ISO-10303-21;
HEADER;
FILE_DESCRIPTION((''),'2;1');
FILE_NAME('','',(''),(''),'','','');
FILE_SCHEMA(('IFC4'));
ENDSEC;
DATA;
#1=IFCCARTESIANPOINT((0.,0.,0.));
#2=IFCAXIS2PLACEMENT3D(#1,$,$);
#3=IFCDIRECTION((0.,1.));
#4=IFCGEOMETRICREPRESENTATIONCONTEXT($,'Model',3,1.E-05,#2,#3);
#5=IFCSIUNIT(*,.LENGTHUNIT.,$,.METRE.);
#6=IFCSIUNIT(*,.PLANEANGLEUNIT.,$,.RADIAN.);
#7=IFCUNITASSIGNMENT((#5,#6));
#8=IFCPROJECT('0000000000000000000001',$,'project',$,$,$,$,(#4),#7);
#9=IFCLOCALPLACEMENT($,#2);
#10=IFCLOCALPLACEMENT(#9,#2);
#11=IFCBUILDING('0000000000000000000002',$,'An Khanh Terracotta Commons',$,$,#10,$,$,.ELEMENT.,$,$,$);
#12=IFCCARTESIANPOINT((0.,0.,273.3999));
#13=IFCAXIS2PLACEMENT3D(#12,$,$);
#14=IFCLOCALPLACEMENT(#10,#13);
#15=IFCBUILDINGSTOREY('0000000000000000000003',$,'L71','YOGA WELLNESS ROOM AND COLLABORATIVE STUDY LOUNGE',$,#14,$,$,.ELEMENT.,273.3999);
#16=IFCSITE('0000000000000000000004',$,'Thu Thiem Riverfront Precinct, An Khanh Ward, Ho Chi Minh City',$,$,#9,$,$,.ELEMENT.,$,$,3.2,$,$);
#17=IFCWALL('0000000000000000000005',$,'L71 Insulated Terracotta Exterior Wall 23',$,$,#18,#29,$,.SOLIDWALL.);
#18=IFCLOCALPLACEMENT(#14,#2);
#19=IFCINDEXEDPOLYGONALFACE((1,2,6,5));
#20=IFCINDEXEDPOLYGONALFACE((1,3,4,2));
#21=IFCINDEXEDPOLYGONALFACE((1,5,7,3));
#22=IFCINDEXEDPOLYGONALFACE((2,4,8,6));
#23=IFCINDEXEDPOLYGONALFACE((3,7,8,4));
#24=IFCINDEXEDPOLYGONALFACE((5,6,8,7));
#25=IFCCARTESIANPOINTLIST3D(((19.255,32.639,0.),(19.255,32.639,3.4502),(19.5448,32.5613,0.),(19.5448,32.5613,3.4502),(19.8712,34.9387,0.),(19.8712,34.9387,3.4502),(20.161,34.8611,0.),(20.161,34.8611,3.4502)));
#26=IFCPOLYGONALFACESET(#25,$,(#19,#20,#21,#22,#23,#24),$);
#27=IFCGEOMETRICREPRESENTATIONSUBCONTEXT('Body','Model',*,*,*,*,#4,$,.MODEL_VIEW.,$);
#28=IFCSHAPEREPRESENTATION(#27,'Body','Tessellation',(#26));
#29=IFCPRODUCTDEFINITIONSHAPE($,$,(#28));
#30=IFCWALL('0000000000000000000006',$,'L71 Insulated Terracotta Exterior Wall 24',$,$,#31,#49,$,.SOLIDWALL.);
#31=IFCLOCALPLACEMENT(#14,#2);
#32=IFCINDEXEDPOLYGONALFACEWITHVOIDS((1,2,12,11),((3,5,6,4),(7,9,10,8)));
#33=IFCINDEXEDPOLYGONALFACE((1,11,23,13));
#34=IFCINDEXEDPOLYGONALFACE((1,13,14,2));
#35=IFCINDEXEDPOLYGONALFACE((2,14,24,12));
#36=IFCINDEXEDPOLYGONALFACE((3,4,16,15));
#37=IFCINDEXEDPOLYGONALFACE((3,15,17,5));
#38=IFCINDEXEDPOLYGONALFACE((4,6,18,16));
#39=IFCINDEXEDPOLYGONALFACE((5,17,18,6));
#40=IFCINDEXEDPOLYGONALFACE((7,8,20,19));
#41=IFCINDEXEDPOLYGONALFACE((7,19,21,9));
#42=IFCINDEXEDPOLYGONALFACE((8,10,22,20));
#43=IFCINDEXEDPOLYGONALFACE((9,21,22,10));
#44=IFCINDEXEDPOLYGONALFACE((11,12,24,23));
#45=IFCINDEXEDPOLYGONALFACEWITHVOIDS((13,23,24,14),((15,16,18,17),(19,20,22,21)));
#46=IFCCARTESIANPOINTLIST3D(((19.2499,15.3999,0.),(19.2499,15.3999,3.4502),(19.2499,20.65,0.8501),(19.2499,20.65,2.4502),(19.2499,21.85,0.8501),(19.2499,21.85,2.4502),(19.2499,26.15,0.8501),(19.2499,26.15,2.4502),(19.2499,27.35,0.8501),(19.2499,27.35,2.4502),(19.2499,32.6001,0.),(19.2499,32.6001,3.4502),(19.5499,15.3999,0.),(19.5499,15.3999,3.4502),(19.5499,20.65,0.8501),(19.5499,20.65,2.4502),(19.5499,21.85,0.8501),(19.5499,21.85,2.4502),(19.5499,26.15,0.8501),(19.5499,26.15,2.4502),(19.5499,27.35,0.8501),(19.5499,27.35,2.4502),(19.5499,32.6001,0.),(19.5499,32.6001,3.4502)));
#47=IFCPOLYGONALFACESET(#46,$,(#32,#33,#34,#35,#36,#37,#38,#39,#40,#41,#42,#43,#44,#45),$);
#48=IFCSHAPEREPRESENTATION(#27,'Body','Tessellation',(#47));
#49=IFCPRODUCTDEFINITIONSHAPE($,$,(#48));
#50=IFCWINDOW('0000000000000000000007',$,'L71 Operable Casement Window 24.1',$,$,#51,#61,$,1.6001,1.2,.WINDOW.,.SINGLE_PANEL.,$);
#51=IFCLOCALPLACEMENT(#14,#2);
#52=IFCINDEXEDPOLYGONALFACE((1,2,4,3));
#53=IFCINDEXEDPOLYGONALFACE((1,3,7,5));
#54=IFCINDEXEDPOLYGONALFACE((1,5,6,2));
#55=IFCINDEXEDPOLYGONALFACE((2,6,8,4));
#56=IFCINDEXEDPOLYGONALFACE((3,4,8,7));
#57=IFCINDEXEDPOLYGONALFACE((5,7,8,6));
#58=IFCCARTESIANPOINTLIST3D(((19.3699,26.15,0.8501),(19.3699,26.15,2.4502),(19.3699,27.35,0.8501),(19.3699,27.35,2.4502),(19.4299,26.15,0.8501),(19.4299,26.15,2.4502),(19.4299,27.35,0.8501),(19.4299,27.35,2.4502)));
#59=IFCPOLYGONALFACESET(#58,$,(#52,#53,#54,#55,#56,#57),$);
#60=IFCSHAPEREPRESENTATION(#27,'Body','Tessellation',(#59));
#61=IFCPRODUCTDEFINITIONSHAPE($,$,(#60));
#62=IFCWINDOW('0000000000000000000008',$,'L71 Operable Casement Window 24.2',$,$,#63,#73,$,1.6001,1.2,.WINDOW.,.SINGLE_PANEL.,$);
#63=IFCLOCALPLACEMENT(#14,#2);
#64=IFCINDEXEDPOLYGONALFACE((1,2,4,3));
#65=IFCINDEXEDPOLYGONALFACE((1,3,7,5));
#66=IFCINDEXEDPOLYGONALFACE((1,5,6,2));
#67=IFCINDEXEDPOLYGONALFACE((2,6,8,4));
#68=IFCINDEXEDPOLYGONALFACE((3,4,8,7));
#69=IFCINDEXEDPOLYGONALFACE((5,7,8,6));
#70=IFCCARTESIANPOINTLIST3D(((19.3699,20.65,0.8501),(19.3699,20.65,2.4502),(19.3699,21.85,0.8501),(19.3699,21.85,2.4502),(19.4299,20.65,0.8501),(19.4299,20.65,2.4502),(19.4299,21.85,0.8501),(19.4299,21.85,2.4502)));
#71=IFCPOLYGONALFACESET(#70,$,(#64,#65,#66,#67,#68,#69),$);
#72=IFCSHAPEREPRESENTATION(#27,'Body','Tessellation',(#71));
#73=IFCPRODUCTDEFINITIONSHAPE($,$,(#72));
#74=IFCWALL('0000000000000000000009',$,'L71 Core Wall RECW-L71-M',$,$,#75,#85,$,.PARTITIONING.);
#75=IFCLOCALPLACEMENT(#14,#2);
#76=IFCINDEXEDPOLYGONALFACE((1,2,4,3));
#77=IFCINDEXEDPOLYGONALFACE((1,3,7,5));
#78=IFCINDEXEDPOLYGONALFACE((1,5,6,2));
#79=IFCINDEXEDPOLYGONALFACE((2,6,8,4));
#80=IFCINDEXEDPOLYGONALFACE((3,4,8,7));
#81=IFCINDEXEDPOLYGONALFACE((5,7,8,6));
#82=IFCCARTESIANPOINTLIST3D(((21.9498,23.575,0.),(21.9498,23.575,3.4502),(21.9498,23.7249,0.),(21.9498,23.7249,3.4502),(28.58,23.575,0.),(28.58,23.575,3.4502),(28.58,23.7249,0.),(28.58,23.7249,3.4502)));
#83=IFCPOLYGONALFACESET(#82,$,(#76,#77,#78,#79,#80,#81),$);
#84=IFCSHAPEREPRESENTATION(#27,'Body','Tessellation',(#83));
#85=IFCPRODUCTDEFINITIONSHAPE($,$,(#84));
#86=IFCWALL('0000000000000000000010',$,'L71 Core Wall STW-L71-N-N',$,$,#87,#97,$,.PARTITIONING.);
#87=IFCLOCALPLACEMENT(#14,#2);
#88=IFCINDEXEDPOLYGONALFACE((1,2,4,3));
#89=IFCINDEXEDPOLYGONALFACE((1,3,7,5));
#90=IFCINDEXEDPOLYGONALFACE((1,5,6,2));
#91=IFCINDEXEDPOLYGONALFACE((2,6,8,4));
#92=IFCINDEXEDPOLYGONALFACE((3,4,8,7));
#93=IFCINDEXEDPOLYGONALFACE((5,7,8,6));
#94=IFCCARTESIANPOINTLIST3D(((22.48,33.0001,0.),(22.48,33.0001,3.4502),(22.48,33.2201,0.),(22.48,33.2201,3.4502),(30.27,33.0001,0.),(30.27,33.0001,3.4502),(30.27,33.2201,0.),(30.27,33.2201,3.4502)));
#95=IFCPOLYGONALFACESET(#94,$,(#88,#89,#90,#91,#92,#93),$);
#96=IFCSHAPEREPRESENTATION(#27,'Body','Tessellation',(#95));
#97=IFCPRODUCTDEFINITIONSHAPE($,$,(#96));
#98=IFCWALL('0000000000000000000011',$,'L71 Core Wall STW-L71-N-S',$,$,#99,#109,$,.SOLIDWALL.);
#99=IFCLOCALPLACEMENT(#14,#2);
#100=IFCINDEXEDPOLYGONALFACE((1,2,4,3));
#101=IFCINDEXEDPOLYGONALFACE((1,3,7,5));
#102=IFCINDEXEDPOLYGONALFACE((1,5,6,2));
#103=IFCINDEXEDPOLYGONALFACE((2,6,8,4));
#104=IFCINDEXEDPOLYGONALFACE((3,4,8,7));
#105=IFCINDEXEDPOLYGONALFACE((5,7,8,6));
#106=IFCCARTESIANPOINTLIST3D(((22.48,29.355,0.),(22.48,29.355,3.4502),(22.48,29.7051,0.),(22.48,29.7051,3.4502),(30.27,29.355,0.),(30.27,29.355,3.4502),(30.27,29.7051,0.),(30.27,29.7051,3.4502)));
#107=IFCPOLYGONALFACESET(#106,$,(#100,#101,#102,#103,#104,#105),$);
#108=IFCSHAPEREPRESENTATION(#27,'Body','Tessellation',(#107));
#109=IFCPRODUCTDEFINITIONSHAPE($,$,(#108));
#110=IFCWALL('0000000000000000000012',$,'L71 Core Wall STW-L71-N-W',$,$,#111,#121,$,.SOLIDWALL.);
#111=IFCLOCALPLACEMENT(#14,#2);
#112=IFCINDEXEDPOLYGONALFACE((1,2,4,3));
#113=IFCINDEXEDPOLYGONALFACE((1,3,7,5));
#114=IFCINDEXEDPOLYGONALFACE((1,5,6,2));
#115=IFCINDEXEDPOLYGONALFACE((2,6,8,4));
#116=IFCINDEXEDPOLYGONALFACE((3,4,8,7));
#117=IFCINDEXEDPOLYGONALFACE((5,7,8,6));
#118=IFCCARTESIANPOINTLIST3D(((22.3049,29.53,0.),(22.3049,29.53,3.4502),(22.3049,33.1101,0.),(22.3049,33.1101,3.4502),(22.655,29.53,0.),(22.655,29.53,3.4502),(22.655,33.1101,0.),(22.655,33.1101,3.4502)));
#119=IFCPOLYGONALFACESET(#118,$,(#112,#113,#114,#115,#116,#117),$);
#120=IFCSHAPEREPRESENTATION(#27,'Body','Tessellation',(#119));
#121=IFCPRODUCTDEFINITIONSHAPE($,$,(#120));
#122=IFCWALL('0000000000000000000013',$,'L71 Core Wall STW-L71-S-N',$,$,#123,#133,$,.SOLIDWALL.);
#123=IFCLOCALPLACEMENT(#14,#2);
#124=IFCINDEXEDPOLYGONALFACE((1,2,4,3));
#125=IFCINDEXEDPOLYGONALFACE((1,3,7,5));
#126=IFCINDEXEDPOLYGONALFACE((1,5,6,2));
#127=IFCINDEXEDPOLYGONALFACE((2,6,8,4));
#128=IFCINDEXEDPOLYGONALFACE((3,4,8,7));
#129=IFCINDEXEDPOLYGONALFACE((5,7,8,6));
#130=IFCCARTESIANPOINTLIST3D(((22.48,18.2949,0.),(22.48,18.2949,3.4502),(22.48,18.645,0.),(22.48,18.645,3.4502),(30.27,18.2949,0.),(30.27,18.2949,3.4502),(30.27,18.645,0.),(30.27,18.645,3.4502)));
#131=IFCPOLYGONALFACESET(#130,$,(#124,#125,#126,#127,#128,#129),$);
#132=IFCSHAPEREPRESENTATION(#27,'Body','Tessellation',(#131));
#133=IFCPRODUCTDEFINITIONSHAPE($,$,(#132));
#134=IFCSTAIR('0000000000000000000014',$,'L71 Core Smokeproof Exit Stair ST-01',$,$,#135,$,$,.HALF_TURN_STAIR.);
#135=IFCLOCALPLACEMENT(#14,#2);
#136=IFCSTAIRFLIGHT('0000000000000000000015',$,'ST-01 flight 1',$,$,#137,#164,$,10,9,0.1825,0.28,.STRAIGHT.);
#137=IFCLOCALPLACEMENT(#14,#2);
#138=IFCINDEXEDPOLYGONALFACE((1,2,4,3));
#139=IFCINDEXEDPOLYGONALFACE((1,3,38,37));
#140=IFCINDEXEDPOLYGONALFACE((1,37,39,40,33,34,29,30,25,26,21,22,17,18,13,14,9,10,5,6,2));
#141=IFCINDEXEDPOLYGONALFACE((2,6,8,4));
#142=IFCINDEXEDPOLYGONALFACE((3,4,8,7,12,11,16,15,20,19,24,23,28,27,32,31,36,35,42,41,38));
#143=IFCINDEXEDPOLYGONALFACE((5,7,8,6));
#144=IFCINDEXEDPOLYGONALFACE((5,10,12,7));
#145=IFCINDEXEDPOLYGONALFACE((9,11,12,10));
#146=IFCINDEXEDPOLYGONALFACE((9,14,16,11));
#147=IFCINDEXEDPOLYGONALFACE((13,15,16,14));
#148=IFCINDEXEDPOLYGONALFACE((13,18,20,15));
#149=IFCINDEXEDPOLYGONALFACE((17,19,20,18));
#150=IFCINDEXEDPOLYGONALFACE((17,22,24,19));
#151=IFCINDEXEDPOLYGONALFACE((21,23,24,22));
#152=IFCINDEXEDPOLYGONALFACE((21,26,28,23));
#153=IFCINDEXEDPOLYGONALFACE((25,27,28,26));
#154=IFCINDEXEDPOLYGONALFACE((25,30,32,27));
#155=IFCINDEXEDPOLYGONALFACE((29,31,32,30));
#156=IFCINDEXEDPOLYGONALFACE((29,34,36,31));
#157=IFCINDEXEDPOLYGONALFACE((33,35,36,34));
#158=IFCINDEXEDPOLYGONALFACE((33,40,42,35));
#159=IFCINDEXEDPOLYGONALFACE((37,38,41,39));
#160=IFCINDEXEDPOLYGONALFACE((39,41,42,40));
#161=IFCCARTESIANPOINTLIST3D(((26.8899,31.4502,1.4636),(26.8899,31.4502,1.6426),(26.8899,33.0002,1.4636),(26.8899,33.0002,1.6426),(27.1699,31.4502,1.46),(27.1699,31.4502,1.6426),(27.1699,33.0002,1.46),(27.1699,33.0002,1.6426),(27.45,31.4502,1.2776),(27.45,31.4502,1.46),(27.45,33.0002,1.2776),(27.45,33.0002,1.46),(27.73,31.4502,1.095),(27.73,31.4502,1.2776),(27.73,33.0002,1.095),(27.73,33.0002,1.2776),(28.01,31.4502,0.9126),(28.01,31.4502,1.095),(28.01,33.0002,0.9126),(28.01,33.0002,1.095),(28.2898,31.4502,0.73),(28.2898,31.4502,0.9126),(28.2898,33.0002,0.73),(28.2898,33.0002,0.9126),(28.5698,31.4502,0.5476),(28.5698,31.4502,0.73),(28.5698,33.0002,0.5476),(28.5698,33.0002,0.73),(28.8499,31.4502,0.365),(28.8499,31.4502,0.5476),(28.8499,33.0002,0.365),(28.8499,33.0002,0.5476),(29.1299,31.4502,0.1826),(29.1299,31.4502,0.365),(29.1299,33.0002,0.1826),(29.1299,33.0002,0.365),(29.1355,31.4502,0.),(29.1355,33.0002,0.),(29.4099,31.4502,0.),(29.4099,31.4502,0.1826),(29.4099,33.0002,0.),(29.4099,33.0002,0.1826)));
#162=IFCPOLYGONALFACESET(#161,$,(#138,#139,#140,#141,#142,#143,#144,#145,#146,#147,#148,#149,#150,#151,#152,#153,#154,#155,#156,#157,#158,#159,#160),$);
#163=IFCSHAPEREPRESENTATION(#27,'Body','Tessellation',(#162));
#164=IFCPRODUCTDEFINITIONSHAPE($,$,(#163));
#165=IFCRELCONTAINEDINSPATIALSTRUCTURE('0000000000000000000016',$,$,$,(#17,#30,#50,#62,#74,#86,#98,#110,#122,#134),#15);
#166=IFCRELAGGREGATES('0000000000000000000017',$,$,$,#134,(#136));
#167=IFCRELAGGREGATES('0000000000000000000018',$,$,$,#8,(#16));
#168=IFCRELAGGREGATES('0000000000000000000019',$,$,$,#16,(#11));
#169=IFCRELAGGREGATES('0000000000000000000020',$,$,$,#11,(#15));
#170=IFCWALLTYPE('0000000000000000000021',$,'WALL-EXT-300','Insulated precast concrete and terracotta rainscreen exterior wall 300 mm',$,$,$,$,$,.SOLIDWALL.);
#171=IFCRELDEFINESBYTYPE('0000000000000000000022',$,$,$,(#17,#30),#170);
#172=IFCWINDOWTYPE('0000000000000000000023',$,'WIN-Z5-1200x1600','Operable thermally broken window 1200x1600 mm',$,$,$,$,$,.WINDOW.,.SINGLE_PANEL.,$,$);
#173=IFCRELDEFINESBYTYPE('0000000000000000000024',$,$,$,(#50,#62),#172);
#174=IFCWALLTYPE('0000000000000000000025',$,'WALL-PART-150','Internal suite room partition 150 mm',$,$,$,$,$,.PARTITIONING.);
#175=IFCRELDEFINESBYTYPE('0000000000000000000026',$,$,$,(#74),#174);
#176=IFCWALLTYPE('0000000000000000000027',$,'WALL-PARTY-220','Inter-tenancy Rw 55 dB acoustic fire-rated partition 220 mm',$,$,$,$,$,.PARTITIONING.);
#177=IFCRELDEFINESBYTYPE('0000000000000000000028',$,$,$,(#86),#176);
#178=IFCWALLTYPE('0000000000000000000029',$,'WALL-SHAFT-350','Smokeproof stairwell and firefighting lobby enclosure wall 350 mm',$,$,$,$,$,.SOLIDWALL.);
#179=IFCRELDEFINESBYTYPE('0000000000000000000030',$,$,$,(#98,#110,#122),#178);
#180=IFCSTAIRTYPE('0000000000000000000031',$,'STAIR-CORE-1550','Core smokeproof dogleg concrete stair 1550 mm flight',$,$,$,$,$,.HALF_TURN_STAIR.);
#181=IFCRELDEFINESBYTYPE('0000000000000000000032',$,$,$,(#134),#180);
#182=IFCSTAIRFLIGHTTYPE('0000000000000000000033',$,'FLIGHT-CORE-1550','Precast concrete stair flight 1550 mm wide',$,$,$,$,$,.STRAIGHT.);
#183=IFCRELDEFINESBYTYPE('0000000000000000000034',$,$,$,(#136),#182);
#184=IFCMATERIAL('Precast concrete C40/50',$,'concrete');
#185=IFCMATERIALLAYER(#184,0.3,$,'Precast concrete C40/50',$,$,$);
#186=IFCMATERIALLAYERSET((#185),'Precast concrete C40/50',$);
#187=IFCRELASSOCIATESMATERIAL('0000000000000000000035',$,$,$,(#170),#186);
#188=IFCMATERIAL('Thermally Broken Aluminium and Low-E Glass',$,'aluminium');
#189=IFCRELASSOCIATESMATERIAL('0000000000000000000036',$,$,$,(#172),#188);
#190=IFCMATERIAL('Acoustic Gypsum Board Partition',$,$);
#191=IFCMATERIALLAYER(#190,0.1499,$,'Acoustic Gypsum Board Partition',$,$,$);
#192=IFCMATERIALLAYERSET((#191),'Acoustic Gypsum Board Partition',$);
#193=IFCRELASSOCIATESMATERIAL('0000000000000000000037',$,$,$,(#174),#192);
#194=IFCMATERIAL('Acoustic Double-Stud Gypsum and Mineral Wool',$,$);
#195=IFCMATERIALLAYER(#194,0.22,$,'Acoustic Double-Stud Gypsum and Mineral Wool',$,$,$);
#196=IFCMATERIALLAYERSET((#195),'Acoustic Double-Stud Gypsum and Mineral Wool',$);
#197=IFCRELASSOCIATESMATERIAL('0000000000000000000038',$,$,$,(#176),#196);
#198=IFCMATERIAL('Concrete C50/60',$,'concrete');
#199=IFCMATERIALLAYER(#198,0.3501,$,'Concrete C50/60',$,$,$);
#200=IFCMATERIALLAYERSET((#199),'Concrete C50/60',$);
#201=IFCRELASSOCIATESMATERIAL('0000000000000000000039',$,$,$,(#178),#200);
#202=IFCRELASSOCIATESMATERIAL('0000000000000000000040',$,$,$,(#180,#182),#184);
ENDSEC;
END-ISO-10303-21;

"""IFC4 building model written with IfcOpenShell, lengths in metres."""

from ifc_helpers import new_model, si_unit, direction, frame, frame_2d, origin, place, context, subcontext, project, spatial, polyline, rectangle, outline, extrude, material, layer, layer_set, type_object, element, fill, aggregate, save


model = new_model("IFC4")

# Units and contexts
model_context = context("Model", 3, precision=1e-05, world=origin(), true_north=direction((0.0, 1.0)))
body_context = subcontext(model_context, "Body", "Model", "MODEL_VIEW")
ifc_project = project(units=[si_unit("LENGTHUNIT", "METRE"), si_unit("PLANEANGLEUNIT", "RADIAN")], contexts=[model_context])

# Site, building, storey
site_placement = place(None, origin())
site = spatial("IfcSite", under=ifc_project, at=site_placement, Name="Thu Thiem Riverfront Precinct, An Khanh Ward, Ho Chi Minh City", CompositionType="ELEMENT", RefElevation=3.2)
building_placement = place(site_placement, origin())
building = spatial("IfcBuilding", under=site, at=building_placement, Name="An Khanh Terracotta Commons", CompositionType="ELEMENT")
storey_placement = place(building_placement, frame((0.0, 0.0, 273.3999)))
storey = spatial("IfcBuildingStorey", under=building, at=storey_placement, Name="L71", Description="YOGA WELLNESS ROOM AND COLLABORATIVE STUDY LOUNGE", CompositionType="ELEMENT", Elevation=273.3999)

# Shared definitions
ifc_material_1 = material(Name="Concrete C50/60", Category="concrete")

# Wall
ifc_material_2 = material(Name="Precast concrete C40/50", Category="concrete")
ifc_layer_1 = layer(ifc_material_2, 0.3, Name="Precast concrete C40/50")
ifc_layer_set_1 = layer_set([ifc_layer_1], Name="Precast concrete C40/50")
wall_type_1 = type_object("IfcWallType", Name="WALL-EXT-300", Description="Insulated precast concrete and terracotta rainscreen exterior wall 300 mm", PredefinedType="SOLIDWALL", material=ifc_layer_set_1)
wall_1_placement = place(storey_placement, frame((20.0161, 34.8999, 0.0), z_axis=(0.0, 0.0, 1.0), x_axis=(-0.258811, -0.965928, 0.0)))
element("IfcWall", 1, at=wall_1_placement, inside=storey, type_object=wall_type_1, Name="L71 Insulated Terracotta Exterior Wall 23", PredefinedType="SOLIDWALL", context=body_context, shape_type="SweptSolid", body=[
    extrude(rectangle(XDim=2.3809, YDim=0.3, at=frame_2d((1.1904, 0.0))), origin(), (0.0, 0.0, 1.0), 3.4502),
])

# Wall, openings, windows
wall_2_placement = place(storey_placement, frame((19.3999, 32.6001, 0.0), z_axis=(0.0, 0.0, 1.0), x_axis=(0.0, -1.0, 0.0)))
wall_2 = element("IfcWall", 2, at=wall_2_placement, inside=storey, type_object=wall_type_1, Name="L71 Insulated Terracotta Exterior Wall 24", PredefinedType="SOLIDWALL", context=body_context, shape_type="SweptSolid", body=[
    extrude(rectangle(XDim=17.2002, YDim=0.3, at=frame_2d((8.6001, 0.0))), origin(), (0.0, 0.0, 1.0), 3.4502),
])
opening_1_placement = place(wall_2_placement, frame((5.25, 0.0, 0.8501)))
opening_1 = element("IfcOpeningElement", 3, at=opening_1_placement, cuts=wall_2, PredefinedType="OPENING", context=body_context, shape_type="SweptSolid", body=[
    extrude(rectangle(XDim=1.2, YDim=1.6001, at=frame_2d((0.6001, 0.8))), frame((0.0, 0.1599, 0.0), z_axis=(0.0, -1.0, 0.0), x_axis=(1.0, 0.0, 0.0)), (0.0, 0.0, 1.0), 0.3201),
])
opening_2_placement = place(wall_2_placement, frame((10.75, 0.0, 0.8501)))
opening_2 = element("IfcOpeningElement", 4, at=opening_2_placement, cuts=wall_2, PredefinedType="OPENING", context=body_context, shape_type="SweptSolid", body=[
    extrude(rectangle(XDim=1.2, YDim=1.6001, at=frame_2d((0.6001, 0.8))), frame((0.0, 0.1599, 0.0), z_axis=(0.0, -1.0, 0.0), x_axis=(1.0, 0.0, 0.0)), (0.0, 0.0, 1.0), 0.3201),
])
ifc_material_3 = material(Name="Thermally Broken Aluminium and Low-E Glass", Category="aluminium")
window_type = type_object("IfcWindowType", Name="WIN-Z5-1200x1600", Description="Operable thermally broken window 1200x1600 mm", PartitioningType="SINGLE_PANEL", PredefinedType="WINDOW", material=ifc_material_3)
window_1_placement = place(opening_1_placement, origin())
window_1 = element("IfcWindow", 5, at=window_1_placement, inside=storey, type_object=window_type, Name="L71 Operable Casement Window 24.1", OverallHeight=1.6001, OverallWidth=1.2, PartitioningType="SINGLE_PANEL", PredefinedType="WINDOW", context=body_context, shape_type="SweptSolid", body=[
    extrude(rectangle(XDim=1.2, YDim=1.6001, at=frame_2d((0.6001, 0.8))), frame((0.0, 0.03, 0.0), z_axis=(0.0, -1.0, 0.0), x_axis=(1.0, 0.0, 0.0)), (0.0, 0.0, 1.0), 0.0601),
])
fill(opening_1, window_1)
window_2_placement = place(opening_2_placement, origin())
window_2 = element("IfcWindow", 6, at=window_2_placement, inside=storey, type_object=window_type, Name="L71 Operable Casement Window 24.2", OverallHeight=1.6001, OverallWidth=1.2, PartitioningType="SINGLE_PANEL", PredefinedType="WINDOW", context=body_context, shape_type="SweptSolid", body=[
    extrude(rectangle(XDim=1.2, YDim=1.6001, at=frame_2d((0.6001, 0.8))), frame((0.0, 0.03, 0.0), z_axis=(0.0, -1.0, 0.0), x_axis=(1.0, 0.0, 0.0)), (0.0, 0.0, 1.0), 0.0601),
])
fill(opening_2, window_2)

# Walls
ifc_material_4 = material(Name="Acoustic Gypsum Board Partition")
ifc_layer_2 = layer(ifc_material_4, 0.1499, Name="Acoustic Gypsum Board Partition")
ifc_layer_set_2 = layer_set([ifc_layer_2], Name="Acoustic Gypsum Board Partition")
wall_type_2 = type_object("IfcWallType", Name="WALL-PART-150", Description="Internal suite room partition 150 mm", PredefinedType="PARTITIONING", material=ifc_layer_set_2)
wall_3_placement = place(storey_placement, frame((21.95, 23.6499, 0.0), z_axis=(0.0, 0.0, 1.0), x_axis=(1.0, 0.0, 0.0)))
element("IfcWall", 7, at=wall_3_placement, inside=storey, type_object=wall_type_2, Name="L71 Core Wall RECW-L71-M", PredefinedType="PARTITIONING", context=body_context, shape_type="SweptSolid", body=[
    extrude(rectangle(XDim=6.6301, YDim=0.1499, at=frame_2d((3.3149, 0.0))), origin(), (0.0, 0.0, 1.0), 3.4502),
])
ifc_material_5 = material(Name="Acoustic Double-Stud Gypsum and Mineral Wool")
ifc_layer_3 = layer(ifc_material_5, 0.22, Name="Acoustic Double-Stud Gypsum and Mineral Wool")
ifc_layer_set_3 = layer_set([ifc_layer_3], Name="Acoustic Double-Stud Gypsum and Mineral Wool")
wall_type_3 = type_object("IfcWallType", Name="WALL-PARTY-220", Description="Inter-tenancy Rw 55 dB acoustic fire-rated partition 220 mm", PredefinedType="PARTITIONING", material=ifc_layer_set_3)
wall_4_placement = place(storey_placement, frame((22.48, 33.1101, 0.0), z_axis=(0.0, 0.0, 1.0), x_axis=(1.0, 0.0, 0.0)))
element("IfcWall", 8, at=wall_4_placement, inside=storey, type_object=wall_type_3, Name="L71 Core Wall STW-L71-N-N", PredefinedType="PARTITIONING", context=body_context, shape_type="SweptSolid", body=[
    extrude(rectangle(XDim=7.79, YDim=0.22, at=frame_2d((3.895, 0.0))), origin(), (0.0, 0.0, 1.0), 3.4502),
])
ifc_layer_4 = layer(ifc_material_1, 0.3501, Name="Concrete C50/60")
ifc_layer_set_4 = layer_set([ifc_layer_4], Name="Concrete C50/60")
wall_type_4 = type_object("IfcWallType", Name="WALL-SHAFT-350", Description="Smokeproof stairwell and firefighting lobby enclosure wall 350 mm", PredefinedType="SOLIDWALL", material=ifc_layer_set_4)
wall_5_placement = place(storey_placement, frame((22.48, 29.53, 0.0), z_axis=(0.0, 0.0, 1.0), x_axis=(1.0, 0.0, 0.0)))
element("IfcWall", 9, at=wall_5_placement, inside=storey, type_object=wall_type_4, Name="L71 Core Wall STW-L71-N-S", PredefinedType="SOLIDWALL", context=body_context, shape_type="SweptSolid", body=[
    extrude(rectangle(XDim=7.79, YDim=0.3501, at=frame_2d((3.895, 0.0))), origin(), (0.0, 0.0, 1.0), 3.4502),
])
wall_6_placement = place(storey_placement, frame((22.48, 29.53, 0.0), z_axis=(0.0, 0.0, 1.0), x_axis=(0.0, 1.0, 0.0)))
element("IfcWall", 10, at=wall_6_placement, inside=storey, type_object=wall_type_4, Name="L71 Core Wall STW-L71-N-W", PredefinedType="SOLIDWALL", context=body_context, shape_type="SweptSolid", body=[
    extrude(rectangle(XDim=3.5801, YDim=0.3501, at=frame_2d((1.79, 0.0))), origin(), (0.0, 0.0, 1.0), 3.4502),
])
wall_7_placement = place(storey_placement, frame((22.48, 18.47, 0.0), z_axis=(0.0, 0.0, 1.0), x_axis=(1.0, 0.0, 0.0)))
element("IfcWall", 11, at=wall_7_placement, inside=storey, type_object=wall_type_4, Name="L71 Core Wall STW-L71-S-N", PredefinedType="SOLIDWALL", context=body_context, shape_type="SweptSolid", body=[
    extrude(rectangle(XDim=7.79, YDim=0.3501, at=frame_2d((3.895, 0.0))), origin(), (0.0, 0.0, 1.0), 3.4502),
])

# Stair, stair flight
stair_type = type_object("IfcStairType", Name="STAIR-CORE-1550", Description="Core smokeproof dogleg concrete stair 1550 mm flight", PredefinedType="HALF_TURN_STAIR", material=ifc_material_2)
stair_placement = place(storey_placement, origin())
stair = element("IfcStair", 12, at=stair_placement, inside=storey, type_object=stair_type, Name="L71 Core Smokeproof Exit Stair ST-01", PredefinedType="HALF_TURN_STAIR")
stair_flight_type = type_object("IfcStairFlightType", Name="FLIGHT-CORE-1550", Description="Precast concrete stair flight 1550 mm wide", PredefinedType="STRAIGHT", material=ifc_material_2)
stair_flight_1_placement = place(storey_placement, frame((29.4099, 32.2251, 0.0), z_axis=(0.0, 0.0, 1.0), x_axis=(-1.0, 0.0, 0.0)))
stair_flight_1 = element("IfcStairFlight", 13, at=stair_flight_1_placement, type_object=stair_flight_type, Name="ST-01 flight 1", NumberOfRisers=10, NumberOfTreads=9, PredefinedType="STRAIGHT", RiserHeight=0.1825, TreadLength=0.28, context=body_context, shape_type="SweptSolid", body=[
    extrude(outline(polyline([(0.0, 0.0), (0.0, 0.1826), (0.28, 0.1826), (0.28, 0.365), (0.5601, 0.365), (0.5601, 0.5476), (0.8401, 0.5476), (0.8401, 0.73), (1.1201, 0.73), (1.1201, 0.9126), (1.3999, 0.9126), (1.3999, 1.095), (1.6799, 1.095), (1.6799, 1.2776), (1.96, 1.2776), (1.96, 1.46), (2.24, 1.46), (2.24, 1.6426), (2.52, 1.6426), (2.52, 1.825), (2.52, 1.4636), (0.2744, 0.0), (0.0, 0.0)])), frame((0.0, 0.7749, 0.0), z_axis=(0.0, -1.0, 0.0), x_axis=(1.0, 0.0, 0.0)), (0.0, 0.0, 1.0), 1.55),
])
aggregate(stair, [stair_flight_1])

save(model, "model.ifc")
